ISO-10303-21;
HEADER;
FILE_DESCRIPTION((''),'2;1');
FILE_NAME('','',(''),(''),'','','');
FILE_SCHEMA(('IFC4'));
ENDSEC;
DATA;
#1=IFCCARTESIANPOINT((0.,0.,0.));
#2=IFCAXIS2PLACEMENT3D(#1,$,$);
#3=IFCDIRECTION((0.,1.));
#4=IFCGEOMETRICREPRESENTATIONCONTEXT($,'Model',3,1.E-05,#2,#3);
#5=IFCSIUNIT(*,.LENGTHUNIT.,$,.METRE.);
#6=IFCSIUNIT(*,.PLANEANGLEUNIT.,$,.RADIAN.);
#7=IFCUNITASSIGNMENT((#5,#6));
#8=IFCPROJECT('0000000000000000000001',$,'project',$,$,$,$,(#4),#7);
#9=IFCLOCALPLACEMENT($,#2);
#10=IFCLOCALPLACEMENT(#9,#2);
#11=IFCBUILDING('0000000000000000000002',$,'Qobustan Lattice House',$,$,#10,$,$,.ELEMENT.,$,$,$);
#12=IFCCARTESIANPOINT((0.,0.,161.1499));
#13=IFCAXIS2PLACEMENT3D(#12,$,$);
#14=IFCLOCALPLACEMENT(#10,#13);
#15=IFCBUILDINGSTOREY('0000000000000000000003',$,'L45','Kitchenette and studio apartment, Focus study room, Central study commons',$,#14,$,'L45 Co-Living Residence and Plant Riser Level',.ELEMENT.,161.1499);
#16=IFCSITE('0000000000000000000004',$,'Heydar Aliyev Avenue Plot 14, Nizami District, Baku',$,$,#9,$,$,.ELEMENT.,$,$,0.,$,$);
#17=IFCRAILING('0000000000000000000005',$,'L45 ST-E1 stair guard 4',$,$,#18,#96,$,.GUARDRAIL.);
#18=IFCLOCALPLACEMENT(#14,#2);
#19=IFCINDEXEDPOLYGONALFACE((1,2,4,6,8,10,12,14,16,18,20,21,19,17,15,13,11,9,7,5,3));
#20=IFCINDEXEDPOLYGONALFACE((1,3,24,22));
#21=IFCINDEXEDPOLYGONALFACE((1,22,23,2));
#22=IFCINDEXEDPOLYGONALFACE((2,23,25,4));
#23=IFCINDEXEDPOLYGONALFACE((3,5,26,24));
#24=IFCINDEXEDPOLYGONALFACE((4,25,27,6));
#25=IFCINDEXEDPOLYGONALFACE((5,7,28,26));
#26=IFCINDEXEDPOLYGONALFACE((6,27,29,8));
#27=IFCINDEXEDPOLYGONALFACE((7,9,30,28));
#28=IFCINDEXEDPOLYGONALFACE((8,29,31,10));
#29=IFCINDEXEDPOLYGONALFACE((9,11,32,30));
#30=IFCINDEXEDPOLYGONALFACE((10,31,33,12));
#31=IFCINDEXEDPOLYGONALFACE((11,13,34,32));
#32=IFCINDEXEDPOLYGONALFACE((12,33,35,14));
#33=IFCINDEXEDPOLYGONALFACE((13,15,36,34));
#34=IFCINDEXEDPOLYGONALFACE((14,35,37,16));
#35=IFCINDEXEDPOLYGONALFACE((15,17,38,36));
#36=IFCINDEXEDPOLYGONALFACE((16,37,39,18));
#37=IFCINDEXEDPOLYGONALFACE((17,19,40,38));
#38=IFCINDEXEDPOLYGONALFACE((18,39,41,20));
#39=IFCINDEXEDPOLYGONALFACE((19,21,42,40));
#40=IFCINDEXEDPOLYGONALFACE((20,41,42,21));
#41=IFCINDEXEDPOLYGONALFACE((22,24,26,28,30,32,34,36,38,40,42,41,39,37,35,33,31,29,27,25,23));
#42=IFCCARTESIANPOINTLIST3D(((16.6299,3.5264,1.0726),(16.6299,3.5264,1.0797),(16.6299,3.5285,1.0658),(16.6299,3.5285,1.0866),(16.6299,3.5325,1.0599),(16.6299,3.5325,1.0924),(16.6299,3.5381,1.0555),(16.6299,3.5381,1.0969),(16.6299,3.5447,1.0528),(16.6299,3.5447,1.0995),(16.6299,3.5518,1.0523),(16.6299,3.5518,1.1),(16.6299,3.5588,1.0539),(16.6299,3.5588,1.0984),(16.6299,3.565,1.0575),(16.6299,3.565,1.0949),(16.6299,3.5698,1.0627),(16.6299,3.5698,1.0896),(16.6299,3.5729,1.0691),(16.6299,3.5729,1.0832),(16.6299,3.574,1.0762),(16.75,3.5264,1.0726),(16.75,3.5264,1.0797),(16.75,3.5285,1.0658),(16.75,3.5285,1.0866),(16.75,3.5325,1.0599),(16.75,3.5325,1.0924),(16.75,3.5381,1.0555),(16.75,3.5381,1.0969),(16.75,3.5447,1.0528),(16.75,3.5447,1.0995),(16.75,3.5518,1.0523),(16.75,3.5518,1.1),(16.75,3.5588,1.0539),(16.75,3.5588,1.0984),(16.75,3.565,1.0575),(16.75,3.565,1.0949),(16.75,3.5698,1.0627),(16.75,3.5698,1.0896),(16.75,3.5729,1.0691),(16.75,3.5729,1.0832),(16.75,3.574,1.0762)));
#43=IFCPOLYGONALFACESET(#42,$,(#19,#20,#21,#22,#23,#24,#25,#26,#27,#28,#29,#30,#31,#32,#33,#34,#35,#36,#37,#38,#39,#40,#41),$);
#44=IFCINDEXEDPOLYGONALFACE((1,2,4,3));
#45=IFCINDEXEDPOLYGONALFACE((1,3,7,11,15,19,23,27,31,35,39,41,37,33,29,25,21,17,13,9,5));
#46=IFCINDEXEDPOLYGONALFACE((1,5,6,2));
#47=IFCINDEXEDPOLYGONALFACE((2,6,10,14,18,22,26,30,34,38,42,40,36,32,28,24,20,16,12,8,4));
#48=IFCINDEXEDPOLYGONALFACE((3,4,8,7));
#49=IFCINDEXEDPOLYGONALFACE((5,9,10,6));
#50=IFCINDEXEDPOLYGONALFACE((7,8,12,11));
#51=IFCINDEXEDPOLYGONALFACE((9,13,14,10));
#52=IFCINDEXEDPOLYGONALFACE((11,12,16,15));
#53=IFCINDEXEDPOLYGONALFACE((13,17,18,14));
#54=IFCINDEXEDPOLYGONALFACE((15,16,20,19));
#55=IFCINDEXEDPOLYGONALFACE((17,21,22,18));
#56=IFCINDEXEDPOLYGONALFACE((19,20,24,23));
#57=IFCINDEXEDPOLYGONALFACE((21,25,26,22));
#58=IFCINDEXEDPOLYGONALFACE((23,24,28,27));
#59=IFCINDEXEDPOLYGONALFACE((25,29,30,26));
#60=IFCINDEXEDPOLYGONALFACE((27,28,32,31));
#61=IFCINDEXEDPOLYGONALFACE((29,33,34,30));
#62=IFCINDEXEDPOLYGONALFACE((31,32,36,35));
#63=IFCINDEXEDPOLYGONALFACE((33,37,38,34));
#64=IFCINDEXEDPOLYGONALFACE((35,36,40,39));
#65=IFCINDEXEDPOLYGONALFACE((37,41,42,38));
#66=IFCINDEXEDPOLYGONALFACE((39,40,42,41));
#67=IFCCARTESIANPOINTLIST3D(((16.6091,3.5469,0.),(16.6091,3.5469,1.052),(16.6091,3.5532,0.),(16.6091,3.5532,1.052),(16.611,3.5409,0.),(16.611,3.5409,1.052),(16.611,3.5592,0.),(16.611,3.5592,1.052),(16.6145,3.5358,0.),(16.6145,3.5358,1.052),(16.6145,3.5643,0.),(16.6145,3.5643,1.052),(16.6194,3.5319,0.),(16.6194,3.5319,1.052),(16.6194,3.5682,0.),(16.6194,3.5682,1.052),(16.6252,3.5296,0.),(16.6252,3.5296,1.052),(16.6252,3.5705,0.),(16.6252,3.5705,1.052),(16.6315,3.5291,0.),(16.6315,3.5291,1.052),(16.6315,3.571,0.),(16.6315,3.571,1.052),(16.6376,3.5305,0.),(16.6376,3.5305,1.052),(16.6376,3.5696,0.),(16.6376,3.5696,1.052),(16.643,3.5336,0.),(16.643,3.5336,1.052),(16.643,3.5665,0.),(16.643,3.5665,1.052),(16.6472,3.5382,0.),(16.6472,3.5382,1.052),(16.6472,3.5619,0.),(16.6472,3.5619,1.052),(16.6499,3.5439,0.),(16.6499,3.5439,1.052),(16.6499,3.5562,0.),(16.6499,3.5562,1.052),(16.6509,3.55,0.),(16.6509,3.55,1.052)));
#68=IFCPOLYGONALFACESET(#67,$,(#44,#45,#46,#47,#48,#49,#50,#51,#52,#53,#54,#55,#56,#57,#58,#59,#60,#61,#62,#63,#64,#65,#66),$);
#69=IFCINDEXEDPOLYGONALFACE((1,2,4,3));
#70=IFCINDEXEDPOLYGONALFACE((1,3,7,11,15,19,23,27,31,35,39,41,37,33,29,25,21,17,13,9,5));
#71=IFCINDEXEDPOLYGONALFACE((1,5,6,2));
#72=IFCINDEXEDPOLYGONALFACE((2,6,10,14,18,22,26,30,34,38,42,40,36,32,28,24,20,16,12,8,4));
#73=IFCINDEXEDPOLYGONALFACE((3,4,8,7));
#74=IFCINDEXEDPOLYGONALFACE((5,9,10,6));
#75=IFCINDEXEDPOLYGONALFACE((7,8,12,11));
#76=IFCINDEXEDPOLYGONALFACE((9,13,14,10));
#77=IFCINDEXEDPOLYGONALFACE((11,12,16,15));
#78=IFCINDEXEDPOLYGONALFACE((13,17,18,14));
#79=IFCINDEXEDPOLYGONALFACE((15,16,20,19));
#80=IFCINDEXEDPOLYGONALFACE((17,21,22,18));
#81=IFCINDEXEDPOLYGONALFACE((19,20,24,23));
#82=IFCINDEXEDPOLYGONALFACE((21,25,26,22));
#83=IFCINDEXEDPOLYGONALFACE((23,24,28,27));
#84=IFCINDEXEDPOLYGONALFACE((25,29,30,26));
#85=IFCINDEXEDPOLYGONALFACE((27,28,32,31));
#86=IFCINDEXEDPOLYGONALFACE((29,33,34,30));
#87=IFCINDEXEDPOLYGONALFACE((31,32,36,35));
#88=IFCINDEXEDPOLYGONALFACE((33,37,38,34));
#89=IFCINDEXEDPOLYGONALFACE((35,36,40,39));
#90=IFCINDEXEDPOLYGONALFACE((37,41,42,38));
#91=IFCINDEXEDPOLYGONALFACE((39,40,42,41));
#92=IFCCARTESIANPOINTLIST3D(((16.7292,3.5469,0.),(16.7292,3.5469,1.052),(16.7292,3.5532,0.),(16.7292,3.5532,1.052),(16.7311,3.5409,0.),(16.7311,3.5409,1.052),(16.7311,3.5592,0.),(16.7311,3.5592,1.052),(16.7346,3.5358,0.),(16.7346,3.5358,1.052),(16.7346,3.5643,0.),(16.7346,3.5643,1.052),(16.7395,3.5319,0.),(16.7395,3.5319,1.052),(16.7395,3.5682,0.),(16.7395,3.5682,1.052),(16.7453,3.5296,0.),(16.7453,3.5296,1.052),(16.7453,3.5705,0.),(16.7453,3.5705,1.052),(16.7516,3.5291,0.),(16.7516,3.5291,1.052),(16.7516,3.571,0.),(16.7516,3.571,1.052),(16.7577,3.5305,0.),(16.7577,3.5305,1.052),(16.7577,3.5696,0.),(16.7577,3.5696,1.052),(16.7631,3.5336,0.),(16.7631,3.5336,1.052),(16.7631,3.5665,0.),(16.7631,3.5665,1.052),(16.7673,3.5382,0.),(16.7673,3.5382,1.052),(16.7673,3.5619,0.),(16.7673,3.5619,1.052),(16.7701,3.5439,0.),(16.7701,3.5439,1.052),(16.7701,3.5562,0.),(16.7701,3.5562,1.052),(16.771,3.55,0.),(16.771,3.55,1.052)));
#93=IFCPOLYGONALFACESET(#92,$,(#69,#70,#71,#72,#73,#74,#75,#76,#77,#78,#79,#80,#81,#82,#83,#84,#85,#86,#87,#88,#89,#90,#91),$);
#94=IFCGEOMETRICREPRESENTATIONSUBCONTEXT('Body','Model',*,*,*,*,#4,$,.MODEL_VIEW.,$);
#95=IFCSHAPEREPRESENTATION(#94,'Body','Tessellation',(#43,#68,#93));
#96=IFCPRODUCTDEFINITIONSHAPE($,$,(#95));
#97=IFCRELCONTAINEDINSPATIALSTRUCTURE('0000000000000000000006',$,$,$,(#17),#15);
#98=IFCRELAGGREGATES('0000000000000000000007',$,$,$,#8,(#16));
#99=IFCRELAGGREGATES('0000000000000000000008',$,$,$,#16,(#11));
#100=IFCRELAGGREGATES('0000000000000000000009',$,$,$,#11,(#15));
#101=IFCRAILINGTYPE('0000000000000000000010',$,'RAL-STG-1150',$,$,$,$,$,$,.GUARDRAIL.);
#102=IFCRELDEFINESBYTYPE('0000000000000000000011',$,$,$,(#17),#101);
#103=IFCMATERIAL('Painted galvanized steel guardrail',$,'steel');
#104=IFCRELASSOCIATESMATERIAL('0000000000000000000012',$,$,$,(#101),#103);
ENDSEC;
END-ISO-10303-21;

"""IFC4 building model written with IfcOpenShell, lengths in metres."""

from ifc_helpers import new_model, si_unit, direction, frame, origin, origin_2d, place, context, subcontext, project, spatial, circle, extrude, material, type_object, element, save


model = new_model("IFC4")

# Units and contexts
model_context = context("Model", 3, precision=1e-05, world=origin(), true_north=direction((0.0, 1.0)))
body_context = subcontext(model_context, "Body", "Model", "MODEL_VIEW")
ifc_project = project(units=[si_unit("LENGTHUNIT", "METRE"), si_unit("PLANEANGLEUNIT", "RADIAN")], contexts=[model_context])

# Site, building, storey
site_placement = place(None, origin())
site = spatial("IfcSite", under=ifc_project, at=site_placement, Name="Heydar Aliyev Avenue Plot 14, Nizami District, Baku", CompositionType="ELEMENT", RefElevation=0.0)
building_placement = place(site_placement, origin())
building = spatial("IfcBuilding", under=site, at=building_placement, Name="Qobustan Lattice House", CompositionType="ELEMENT")
storey_placement = place(building_placement, frame((0.0, 0.0, 161.1499)))
storey = spatial("IfcBuildingStorey", under=building, at=storey_placement, Name="L45", Description="Kitchenette and studio apartment, Focus study room, Central study commons", LongName="L45 Co-Living Residence and Plant Riser Level", CompositionType="ELEMENT", Elevation=161.1499)

# Railing
ifc_material_1 = material(Name="Painted galvanized steel guardrail", Category="steel")
railing_type_1 = type_object("IfcRailingType", Name="RAL-STG-1150", PredefinedType="GUARDRAIL", material=ifc_material_1)
railing_1_placement = place(storey_placement, frame((16.6299, 3.55, 0.0)))
element("IfcRailing", 1, at=railing_1_placement, inside=storey, type_object=railing_type_1, Name="L45 ST-E1 stair guard 4", PredefinedType="GUARDRAIL", context=body_context, shape_type="SweptSolid", body=[
    extrude(circle(Radius=0.0239, at=origin_2d()), frame((0.0, 0.0, 1.0762), z_axis=(1.0, 0.0, 0.0), x_axis=(0.0, 1.0, 0.0)), (0.0, 0.0, 1.0), 0.1201),
    extrude(circle(Radius=0.021, at=origin_2d()), origin(), (0.0, 0.0, 1.0), 1.052),
    extrude(circle(Radius=0.021, at=origin_2d()), frame((0.1201, 0.0, 0.0)), (0.0, 0.0, 1.0), 1.052),
])

save(model, "model.ifc")
